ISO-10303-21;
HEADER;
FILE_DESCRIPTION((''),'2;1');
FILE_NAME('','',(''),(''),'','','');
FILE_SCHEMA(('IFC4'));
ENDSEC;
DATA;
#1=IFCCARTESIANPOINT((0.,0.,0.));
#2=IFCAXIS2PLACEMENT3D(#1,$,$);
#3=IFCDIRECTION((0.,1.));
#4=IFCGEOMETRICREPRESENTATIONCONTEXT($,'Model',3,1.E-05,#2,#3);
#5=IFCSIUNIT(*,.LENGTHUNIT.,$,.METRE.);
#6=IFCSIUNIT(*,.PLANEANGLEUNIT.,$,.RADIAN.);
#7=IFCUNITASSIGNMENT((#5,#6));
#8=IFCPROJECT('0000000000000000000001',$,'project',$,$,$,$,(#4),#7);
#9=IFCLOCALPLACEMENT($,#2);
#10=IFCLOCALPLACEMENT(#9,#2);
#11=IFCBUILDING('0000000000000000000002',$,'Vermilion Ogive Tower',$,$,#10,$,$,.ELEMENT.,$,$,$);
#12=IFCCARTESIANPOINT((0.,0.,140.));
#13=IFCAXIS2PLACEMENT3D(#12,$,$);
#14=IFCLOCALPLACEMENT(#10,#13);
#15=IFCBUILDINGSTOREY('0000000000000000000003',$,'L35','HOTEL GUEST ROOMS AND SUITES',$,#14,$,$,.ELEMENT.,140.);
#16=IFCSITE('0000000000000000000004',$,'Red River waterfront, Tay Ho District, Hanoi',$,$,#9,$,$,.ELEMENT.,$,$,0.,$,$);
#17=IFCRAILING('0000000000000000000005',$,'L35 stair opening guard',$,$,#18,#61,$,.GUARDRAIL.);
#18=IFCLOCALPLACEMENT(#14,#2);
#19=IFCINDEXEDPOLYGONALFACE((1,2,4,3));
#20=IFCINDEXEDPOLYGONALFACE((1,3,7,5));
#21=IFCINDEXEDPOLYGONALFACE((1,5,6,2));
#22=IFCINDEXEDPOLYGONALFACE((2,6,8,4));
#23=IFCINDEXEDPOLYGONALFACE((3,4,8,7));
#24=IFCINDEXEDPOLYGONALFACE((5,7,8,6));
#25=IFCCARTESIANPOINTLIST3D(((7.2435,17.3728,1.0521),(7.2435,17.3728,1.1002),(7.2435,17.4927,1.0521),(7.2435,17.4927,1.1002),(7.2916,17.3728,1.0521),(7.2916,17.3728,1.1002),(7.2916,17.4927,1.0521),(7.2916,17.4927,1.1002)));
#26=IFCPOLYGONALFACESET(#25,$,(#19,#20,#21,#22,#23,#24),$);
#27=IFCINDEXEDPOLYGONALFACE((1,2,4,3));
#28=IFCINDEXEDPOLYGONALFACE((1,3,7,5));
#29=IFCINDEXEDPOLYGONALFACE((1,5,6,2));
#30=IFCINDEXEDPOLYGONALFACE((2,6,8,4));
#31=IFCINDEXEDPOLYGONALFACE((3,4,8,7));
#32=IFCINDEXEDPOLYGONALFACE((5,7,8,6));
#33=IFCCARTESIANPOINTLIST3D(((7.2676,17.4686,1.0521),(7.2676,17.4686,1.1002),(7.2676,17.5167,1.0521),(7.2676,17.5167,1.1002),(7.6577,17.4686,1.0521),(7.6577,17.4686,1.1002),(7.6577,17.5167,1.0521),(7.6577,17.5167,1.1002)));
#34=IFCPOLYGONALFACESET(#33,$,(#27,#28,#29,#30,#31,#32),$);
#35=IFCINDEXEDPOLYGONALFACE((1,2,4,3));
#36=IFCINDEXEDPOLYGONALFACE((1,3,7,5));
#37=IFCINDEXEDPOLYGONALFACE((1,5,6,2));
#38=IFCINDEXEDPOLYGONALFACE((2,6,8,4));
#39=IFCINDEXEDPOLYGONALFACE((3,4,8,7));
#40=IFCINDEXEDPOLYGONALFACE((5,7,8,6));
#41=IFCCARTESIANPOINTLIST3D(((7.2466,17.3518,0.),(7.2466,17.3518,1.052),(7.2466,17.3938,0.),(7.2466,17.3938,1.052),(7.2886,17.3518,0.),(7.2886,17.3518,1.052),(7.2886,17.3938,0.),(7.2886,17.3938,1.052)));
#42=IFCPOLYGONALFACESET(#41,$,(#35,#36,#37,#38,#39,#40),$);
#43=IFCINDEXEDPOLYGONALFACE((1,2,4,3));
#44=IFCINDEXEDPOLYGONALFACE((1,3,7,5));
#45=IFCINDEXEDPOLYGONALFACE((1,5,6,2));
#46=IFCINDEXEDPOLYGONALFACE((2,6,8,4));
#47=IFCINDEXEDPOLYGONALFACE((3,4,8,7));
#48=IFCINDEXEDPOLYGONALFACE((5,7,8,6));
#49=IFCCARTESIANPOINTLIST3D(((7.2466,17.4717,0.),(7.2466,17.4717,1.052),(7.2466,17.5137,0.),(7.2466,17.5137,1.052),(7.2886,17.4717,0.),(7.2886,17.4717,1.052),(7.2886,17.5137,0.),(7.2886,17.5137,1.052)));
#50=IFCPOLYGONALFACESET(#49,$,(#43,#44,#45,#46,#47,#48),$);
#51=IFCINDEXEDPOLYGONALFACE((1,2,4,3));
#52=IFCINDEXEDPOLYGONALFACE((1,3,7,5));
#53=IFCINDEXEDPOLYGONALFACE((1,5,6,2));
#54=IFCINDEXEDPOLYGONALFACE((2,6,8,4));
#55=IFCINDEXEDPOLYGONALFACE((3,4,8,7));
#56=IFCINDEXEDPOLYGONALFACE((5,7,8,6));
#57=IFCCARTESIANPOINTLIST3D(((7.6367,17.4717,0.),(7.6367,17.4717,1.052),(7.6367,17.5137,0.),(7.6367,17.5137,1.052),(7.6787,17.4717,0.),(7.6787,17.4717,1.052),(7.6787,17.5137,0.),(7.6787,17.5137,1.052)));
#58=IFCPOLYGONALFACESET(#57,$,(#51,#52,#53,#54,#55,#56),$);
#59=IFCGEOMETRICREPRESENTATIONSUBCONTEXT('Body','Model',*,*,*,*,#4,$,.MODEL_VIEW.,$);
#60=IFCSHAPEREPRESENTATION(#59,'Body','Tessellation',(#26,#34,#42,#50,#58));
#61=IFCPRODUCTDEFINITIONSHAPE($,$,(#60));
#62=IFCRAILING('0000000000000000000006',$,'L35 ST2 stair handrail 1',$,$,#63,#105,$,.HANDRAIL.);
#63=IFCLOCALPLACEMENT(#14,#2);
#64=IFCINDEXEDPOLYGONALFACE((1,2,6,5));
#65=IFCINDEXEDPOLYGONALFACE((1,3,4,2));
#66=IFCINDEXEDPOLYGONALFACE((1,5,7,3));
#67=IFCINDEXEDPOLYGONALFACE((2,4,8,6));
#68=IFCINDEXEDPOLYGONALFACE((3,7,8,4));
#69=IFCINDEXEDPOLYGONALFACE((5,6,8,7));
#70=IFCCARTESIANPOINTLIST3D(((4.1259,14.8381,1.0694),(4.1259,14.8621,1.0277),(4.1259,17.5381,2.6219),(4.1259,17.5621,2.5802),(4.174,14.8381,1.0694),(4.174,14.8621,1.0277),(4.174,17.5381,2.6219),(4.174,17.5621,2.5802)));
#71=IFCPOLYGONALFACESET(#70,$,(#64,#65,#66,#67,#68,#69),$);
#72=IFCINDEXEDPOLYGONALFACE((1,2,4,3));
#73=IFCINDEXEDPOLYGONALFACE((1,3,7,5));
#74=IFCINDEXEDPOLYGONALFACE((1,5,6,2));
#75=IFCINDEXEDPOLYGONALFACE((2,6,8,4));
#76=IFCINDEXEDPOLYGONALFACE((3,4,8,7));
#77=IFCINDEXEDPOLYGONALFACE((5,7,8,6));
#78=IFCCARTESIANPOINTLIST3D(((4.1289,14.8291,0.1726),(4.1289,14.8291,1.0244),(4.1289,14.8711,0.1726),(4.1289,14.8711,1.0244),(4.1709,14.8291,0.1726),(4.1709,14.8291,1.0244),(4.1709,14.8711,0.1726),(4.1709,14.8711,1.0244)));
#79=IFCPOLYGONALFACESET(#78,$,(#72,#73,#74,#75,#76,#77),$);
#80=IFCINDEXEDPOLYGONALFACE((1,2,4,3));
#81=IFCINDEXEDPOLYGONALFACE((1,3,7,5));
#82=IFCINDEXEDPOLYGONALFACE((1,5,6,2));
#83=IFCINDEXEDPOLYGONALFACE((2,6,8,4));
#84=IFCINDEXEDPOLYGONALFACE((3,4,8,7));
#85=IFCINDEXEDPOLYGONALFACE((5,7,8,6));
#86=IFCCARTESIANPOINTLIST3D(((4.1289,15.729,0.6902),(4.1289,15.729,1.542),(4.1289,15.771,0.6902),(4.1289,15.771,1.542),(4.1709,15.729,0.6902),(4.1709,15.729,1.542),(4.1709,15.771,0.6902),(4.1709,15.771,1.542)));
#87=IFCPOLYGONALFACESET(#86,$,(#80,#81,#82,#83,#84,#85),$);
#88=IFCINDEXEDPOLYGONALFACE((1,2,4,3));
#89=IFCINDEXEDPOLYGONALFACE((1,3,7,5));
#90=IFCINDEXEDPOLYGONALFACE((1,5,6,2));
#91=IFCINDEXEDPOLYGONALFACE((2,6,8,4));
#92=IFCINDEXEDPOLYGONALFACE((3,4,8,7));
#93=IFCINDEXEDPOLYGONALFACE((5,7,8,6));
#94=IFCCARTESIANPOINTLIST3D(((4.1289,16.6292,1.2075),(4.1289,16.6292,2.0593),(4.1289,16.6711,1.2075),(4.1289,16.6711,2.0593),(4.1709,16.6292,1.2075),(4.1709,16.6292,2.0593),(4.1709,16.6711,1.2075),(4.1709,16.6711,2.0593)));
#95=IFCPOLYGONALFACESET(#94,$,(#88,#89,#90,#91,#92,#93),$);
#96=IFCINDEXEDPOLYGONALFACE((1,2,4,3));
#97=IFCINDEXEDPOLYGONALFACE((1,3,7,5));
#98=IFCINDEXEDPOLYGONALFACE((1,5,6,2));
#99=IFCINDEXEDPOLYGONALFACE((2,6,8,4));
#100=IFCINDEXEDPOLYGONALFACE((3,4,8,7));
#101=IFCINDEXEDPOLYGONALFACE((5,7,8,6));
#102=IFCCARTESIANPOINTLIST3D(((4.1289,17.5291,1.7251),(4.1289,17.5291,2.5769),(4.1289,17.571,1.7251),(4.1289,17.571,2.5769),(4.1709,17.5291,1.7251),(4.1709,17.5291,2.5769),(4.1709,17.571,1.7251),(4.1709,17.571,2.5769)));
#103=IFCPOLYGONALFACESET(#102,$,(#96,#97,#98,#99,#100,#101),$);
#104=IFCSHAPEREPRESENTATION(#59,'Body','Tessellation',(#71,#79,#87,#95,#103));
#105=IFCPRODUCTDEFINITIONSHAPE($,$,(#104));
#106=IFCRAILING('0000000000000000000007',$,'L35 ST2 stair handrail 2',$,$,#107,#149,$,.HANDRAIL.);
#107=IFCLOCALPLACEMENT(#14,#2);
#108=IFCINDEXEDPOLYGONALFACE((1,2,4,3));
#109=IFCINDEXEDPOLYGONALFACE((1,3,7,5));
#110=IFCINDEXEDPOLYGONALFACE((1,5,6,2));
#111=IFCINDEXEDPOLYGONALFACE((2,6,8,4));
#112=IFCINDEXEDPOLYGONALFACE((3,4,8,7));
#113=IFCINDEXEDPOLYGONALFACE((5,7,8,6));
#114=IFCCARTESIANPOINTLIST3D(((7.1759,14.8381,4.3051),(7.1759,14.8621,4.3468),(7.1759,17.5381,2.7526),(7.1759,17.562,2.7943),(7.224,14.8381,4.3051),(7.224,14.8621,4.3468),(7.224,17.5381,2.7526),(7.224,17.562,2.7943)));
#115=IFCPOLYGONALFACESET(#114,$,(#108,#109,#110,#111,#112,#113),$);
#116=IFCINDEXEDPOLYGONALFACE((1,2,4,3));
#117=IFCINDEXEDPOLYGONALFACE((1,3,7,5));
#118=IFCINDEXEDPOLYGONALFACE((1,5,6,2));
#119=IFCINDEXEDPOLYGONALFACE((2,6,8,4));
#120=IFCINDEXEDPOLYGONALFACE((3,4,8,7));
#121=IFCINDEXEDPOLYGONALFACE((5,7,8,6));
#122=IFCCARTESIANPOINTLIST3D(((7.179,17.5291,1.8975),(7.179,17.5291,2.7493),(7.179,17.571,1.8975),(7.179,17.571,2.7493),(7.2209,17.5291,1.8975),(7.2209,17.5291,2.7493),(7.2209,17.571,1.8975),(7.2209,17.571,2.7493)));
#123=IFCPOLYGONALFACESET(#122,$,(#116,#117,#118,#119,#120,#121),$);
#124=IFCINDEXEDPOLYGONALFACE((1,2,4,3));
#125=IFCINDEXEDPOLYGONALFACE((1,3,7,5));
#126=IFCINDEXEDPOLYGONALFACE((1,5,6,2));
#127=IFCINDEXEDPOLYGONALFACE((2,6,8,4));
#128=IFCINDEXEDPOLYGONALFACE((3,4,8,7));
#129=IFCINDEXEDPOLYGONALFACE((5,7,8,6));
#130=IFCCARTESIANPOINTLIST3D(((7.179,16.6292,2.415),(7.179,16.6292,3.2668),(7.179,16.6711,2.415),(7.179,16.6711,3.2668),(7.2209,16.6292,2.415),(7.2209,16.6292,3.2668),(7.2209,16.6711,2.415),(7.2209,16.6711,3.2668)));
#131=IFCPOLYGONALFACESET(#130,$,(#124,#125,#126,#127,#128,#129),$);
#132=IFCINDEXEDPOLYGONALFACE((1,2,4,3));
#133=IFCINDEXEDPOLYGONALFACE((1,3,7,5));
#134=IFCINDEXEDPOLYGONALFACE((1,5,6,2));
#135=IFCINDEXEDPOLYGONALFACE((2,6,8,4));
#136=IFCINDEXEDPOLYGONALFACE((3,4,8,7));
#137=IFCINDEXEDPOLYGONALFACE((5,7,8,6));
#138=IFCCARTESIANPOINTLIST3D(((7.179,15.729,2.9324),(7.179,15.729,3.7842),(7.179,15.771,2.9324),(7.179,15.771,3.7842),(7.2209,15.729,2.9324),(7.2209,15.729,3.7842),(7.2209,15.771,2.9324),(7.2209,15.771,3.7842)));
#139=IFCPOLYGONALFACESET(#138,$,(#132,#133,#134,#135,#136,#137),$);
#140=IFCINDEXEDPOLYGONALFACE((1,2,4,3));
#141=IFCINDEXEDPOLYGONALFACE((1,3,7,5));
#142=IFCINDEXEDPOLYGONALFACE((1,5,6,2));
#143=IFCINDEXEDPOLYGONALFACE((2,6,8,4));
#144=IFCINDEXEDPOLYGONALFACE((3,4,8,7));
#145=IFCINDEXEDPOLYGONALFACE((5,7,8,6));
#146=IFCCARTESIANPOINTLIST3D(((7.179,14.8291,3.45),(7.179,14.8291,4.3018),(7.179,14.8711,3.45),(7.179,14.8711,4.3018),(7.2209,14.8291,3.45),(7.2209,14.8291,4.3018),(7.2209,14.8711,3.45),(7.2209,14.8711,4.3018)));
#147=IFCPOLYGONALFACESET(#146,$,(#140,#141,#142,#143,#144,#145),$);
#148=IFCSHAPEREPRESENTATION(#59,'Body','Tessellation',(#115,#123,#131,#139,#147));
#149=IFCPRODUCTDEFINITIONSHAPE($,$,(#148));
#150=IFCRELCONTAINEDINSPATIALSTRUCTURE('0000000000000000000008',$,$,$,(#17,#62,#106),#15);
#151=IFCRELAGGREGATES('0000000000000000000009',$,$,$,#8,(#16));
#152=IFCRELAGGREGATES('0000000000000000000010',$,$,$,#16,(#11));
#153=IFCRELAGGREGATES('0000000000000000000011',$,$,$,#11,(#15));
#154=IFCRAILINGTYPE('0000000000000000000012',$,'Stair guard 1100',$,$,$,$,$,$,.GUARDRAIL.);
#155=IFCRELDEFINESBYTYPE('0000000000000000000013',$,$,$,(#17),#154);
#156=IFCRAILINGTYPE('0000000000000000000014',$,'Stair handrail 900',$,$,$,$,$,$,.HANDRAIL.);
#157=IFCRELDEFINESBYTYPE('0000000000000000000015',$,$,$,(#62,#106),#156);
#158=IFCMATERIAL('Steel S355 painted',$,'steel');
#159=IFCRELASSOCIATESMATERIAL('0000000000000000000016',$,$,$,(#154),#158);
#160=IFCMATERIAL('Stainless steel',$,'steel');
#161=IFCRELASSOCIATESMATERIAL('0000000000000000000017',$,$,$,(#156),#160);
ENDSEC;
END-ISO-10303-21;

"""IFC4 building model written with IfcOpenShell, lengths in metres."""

from ifc_helpers import new_model, si_unit, direction, frame, origin, origin_2d, place, context, subcontext, project, spatial, rectangle, extrude, material, type_object, element, save


model = new_model("IFC4")

# Units and contexts
model_context = context("Model", 3, precision=1e-05, world=origin(), true_north=direction((0.0, 1.0)))
body_context = subcontext(model_context, "Body", "Model", "MODEL_VIEW")
ifc_project = project(units=[si_unit("LENGTHUNIT", "METRE"), si_unit("PLANEANGLEUNIT", "RADIAN")], contexts=[model_context])

# Site, building, storey
site_placement = place(None, origin())
site = spatial("IfcSite", under=ifc_project, at=site_placement, Name="Red River waterfront, Tay Ho District, Hanoi", CompositionType="ELEMENT", RefElevation=0.0)
building_placement = place(site_placement, origin())
building = spatial("IfcBuilding", under=site, at=building_placement, Name="Vermilion Ogive Tower", CompositionType="ELEMENT")
storey_placement = place(building_placement, frame((0.0, 0.0, 140.0)))
storey = spatial("IfcBuildingStorey", under=building, at=storey_placement, Name="L35", Description="HOTEL GUEST ROOMS AND SUITES", CompositionType="ELEMENT", Elevation=140.0)

# Railings
ifc_material_1 = material(Name="Steel S355 painted", Category="steel")
railing_type_1 = type_object("IfcRailingType", Name="Stair guard 1100", PredefinedType="GUARDRAIL", material=ifc_material_1)
railing_1_placement = place(storey_placement, frame((7.2676, 17.3728, 0.0)))
element("IfcRailing", 1, at=railing_1_placement, inside=storey, type_object=railing_type_1, Name="L35 stair opening guard", PredefinedType="GUARDRAIL", context=body_context, shape_type="SweptSolid", body=[
    extrude(rectangle(XDim=0.0481, YDim=0.0481, at=origin_2d()), frame((0.0, 0.0, 1.0762), z_axis=(0.0, 1.0, 0.0), x_axis=(-1.0, 0.0, 0.0)), (0.0, 0.0, 1.0), 0.1199),
    extrude(rectangle(XDim=0.0481, YDim=0.0481, at=origin_2d()), frame((0.0, 0.1199, 1.0762), z_axis=(1.0, 0.0, 0.0), x_axis=(0.0, 1.0, 0.0)), (0.0, 0.0, 1.0), 0.3901),
    extrude(rectangle(XDim=0.042, YDim=0.042, at=origin_2d()), origin(), (0.0, 0.0, 1.0), 1.052),
    extrude(rectangle(XDim=0.042, YDim=0.042, at=origin_2d()), frame((0.0, 0.1199, 0.0)), (0.0, 0.0, 1.0), 1.052),
    extrude(rectangle(XDim=0.042, YDim=0.042, at=origin_2d()), frame((0.3901, 0.1199, 0.0)), (0.0, 0.0, 1.0), 1.052),
])
ifc_material_2 = material(Name="Stainless steel", Category="steel")
railing_type_2 = type_object("IfcRailingType", Name="Stair handrail 900", PredefinedType="HANDRAIL", material=ifc_material_2)
railing_2_placement = place(storey_placement, frame((4.1499, 14.8501, 0.1726)))
element("IfcRailing", 2, at=railing_2_placement, inside=storey, type_object=railing_type_2, Name="L35 ST2 stair handrail 1", PredefinedType="HANDRAIL", context=body_context, shape_type="SweptSolid", body=[
    extrude(rectangle(XDim=0.0481, YDim=0.0481, at=origin_2d()), frame((0.0, 0.0, 0.876), z_axis=(0.0, 0.866904, 0.498476), x_axis=(-1.0, 0.0, 0.0)), (0.0, 0.0, 1.0), 3.1145),
    extrude(rectangle(XDim=0.042, YDim=0.042, at=origin_2d()), origin(), (0.0, 0.0, 1.0), 0.8518),
    extrude(rectangle(XDim=0.042, YDim=0.042, at=origin_2d()), frame((0.0, 0.8999, 0.5176)), (0.0, 0.0, 1.0), 0.8518),
    extrude(rectangle(XDim=0.042, YDim=0.042, at=origin_2d()), frame((0.0, 1.8, 1.0349)), (0.0, 0.0, 1.0), 0.8518),
    extrude(rectangle(XDim=0.042, YDim=0.042, at=origin_2d()), frame((0.0, 2.7, 1.5525)), (0.0, 0.0, 1.0), 0.8518),
])
railing_3_placement = place(storey_placement, frame((7.2, 17.55, 1.8975)))
element("IfcRailing", 3, at=railing_3_placement, inside=storey, type_object=railing_type_2, Name="L35 ST2 stair handrail 2", PredefinedType="HANDRAIL", context=body_context, shape_type="SweptSolid", body=[
    extrude(rectangle(XDim=0.0481, YDim=0.0481, at=origin_2d()), frame((0.0, 0.0, 0.876), z_axis=(0.0, -0.866904, 0.498476), x_axis=(1.0, 0.0, 0.0)), (0.0, 0.0, 1.0), 3.1145),
    extrude(rectangle(XDim=0.042, YDim=0.042, at=origin_2d()), origin(), (0.0, 0.0, 1.0), 0.8518),
    extrude(rectangle(XDim=0.042, YDim=0.042, at=origin_2d()), frame((0.0, -0.8999, 0.5176)), (0.0, 0.0, 1.0), 0.8518),
    extrude(rectangle(XDim=0.042, YDim=0.042, at=origin_2d()), frame((0.0, -1.8, 1.0349)), (0.0, 0.0, 1.0), 0.8518),
    extrude(rectangle(XDim=0.042, YDim=0.042, at=origin_2d()), frame((0.0, -2.7, 1.5525)), (0.0, 0.0, 1.0), 0.8518),
])

save(model, "model.ifc")
